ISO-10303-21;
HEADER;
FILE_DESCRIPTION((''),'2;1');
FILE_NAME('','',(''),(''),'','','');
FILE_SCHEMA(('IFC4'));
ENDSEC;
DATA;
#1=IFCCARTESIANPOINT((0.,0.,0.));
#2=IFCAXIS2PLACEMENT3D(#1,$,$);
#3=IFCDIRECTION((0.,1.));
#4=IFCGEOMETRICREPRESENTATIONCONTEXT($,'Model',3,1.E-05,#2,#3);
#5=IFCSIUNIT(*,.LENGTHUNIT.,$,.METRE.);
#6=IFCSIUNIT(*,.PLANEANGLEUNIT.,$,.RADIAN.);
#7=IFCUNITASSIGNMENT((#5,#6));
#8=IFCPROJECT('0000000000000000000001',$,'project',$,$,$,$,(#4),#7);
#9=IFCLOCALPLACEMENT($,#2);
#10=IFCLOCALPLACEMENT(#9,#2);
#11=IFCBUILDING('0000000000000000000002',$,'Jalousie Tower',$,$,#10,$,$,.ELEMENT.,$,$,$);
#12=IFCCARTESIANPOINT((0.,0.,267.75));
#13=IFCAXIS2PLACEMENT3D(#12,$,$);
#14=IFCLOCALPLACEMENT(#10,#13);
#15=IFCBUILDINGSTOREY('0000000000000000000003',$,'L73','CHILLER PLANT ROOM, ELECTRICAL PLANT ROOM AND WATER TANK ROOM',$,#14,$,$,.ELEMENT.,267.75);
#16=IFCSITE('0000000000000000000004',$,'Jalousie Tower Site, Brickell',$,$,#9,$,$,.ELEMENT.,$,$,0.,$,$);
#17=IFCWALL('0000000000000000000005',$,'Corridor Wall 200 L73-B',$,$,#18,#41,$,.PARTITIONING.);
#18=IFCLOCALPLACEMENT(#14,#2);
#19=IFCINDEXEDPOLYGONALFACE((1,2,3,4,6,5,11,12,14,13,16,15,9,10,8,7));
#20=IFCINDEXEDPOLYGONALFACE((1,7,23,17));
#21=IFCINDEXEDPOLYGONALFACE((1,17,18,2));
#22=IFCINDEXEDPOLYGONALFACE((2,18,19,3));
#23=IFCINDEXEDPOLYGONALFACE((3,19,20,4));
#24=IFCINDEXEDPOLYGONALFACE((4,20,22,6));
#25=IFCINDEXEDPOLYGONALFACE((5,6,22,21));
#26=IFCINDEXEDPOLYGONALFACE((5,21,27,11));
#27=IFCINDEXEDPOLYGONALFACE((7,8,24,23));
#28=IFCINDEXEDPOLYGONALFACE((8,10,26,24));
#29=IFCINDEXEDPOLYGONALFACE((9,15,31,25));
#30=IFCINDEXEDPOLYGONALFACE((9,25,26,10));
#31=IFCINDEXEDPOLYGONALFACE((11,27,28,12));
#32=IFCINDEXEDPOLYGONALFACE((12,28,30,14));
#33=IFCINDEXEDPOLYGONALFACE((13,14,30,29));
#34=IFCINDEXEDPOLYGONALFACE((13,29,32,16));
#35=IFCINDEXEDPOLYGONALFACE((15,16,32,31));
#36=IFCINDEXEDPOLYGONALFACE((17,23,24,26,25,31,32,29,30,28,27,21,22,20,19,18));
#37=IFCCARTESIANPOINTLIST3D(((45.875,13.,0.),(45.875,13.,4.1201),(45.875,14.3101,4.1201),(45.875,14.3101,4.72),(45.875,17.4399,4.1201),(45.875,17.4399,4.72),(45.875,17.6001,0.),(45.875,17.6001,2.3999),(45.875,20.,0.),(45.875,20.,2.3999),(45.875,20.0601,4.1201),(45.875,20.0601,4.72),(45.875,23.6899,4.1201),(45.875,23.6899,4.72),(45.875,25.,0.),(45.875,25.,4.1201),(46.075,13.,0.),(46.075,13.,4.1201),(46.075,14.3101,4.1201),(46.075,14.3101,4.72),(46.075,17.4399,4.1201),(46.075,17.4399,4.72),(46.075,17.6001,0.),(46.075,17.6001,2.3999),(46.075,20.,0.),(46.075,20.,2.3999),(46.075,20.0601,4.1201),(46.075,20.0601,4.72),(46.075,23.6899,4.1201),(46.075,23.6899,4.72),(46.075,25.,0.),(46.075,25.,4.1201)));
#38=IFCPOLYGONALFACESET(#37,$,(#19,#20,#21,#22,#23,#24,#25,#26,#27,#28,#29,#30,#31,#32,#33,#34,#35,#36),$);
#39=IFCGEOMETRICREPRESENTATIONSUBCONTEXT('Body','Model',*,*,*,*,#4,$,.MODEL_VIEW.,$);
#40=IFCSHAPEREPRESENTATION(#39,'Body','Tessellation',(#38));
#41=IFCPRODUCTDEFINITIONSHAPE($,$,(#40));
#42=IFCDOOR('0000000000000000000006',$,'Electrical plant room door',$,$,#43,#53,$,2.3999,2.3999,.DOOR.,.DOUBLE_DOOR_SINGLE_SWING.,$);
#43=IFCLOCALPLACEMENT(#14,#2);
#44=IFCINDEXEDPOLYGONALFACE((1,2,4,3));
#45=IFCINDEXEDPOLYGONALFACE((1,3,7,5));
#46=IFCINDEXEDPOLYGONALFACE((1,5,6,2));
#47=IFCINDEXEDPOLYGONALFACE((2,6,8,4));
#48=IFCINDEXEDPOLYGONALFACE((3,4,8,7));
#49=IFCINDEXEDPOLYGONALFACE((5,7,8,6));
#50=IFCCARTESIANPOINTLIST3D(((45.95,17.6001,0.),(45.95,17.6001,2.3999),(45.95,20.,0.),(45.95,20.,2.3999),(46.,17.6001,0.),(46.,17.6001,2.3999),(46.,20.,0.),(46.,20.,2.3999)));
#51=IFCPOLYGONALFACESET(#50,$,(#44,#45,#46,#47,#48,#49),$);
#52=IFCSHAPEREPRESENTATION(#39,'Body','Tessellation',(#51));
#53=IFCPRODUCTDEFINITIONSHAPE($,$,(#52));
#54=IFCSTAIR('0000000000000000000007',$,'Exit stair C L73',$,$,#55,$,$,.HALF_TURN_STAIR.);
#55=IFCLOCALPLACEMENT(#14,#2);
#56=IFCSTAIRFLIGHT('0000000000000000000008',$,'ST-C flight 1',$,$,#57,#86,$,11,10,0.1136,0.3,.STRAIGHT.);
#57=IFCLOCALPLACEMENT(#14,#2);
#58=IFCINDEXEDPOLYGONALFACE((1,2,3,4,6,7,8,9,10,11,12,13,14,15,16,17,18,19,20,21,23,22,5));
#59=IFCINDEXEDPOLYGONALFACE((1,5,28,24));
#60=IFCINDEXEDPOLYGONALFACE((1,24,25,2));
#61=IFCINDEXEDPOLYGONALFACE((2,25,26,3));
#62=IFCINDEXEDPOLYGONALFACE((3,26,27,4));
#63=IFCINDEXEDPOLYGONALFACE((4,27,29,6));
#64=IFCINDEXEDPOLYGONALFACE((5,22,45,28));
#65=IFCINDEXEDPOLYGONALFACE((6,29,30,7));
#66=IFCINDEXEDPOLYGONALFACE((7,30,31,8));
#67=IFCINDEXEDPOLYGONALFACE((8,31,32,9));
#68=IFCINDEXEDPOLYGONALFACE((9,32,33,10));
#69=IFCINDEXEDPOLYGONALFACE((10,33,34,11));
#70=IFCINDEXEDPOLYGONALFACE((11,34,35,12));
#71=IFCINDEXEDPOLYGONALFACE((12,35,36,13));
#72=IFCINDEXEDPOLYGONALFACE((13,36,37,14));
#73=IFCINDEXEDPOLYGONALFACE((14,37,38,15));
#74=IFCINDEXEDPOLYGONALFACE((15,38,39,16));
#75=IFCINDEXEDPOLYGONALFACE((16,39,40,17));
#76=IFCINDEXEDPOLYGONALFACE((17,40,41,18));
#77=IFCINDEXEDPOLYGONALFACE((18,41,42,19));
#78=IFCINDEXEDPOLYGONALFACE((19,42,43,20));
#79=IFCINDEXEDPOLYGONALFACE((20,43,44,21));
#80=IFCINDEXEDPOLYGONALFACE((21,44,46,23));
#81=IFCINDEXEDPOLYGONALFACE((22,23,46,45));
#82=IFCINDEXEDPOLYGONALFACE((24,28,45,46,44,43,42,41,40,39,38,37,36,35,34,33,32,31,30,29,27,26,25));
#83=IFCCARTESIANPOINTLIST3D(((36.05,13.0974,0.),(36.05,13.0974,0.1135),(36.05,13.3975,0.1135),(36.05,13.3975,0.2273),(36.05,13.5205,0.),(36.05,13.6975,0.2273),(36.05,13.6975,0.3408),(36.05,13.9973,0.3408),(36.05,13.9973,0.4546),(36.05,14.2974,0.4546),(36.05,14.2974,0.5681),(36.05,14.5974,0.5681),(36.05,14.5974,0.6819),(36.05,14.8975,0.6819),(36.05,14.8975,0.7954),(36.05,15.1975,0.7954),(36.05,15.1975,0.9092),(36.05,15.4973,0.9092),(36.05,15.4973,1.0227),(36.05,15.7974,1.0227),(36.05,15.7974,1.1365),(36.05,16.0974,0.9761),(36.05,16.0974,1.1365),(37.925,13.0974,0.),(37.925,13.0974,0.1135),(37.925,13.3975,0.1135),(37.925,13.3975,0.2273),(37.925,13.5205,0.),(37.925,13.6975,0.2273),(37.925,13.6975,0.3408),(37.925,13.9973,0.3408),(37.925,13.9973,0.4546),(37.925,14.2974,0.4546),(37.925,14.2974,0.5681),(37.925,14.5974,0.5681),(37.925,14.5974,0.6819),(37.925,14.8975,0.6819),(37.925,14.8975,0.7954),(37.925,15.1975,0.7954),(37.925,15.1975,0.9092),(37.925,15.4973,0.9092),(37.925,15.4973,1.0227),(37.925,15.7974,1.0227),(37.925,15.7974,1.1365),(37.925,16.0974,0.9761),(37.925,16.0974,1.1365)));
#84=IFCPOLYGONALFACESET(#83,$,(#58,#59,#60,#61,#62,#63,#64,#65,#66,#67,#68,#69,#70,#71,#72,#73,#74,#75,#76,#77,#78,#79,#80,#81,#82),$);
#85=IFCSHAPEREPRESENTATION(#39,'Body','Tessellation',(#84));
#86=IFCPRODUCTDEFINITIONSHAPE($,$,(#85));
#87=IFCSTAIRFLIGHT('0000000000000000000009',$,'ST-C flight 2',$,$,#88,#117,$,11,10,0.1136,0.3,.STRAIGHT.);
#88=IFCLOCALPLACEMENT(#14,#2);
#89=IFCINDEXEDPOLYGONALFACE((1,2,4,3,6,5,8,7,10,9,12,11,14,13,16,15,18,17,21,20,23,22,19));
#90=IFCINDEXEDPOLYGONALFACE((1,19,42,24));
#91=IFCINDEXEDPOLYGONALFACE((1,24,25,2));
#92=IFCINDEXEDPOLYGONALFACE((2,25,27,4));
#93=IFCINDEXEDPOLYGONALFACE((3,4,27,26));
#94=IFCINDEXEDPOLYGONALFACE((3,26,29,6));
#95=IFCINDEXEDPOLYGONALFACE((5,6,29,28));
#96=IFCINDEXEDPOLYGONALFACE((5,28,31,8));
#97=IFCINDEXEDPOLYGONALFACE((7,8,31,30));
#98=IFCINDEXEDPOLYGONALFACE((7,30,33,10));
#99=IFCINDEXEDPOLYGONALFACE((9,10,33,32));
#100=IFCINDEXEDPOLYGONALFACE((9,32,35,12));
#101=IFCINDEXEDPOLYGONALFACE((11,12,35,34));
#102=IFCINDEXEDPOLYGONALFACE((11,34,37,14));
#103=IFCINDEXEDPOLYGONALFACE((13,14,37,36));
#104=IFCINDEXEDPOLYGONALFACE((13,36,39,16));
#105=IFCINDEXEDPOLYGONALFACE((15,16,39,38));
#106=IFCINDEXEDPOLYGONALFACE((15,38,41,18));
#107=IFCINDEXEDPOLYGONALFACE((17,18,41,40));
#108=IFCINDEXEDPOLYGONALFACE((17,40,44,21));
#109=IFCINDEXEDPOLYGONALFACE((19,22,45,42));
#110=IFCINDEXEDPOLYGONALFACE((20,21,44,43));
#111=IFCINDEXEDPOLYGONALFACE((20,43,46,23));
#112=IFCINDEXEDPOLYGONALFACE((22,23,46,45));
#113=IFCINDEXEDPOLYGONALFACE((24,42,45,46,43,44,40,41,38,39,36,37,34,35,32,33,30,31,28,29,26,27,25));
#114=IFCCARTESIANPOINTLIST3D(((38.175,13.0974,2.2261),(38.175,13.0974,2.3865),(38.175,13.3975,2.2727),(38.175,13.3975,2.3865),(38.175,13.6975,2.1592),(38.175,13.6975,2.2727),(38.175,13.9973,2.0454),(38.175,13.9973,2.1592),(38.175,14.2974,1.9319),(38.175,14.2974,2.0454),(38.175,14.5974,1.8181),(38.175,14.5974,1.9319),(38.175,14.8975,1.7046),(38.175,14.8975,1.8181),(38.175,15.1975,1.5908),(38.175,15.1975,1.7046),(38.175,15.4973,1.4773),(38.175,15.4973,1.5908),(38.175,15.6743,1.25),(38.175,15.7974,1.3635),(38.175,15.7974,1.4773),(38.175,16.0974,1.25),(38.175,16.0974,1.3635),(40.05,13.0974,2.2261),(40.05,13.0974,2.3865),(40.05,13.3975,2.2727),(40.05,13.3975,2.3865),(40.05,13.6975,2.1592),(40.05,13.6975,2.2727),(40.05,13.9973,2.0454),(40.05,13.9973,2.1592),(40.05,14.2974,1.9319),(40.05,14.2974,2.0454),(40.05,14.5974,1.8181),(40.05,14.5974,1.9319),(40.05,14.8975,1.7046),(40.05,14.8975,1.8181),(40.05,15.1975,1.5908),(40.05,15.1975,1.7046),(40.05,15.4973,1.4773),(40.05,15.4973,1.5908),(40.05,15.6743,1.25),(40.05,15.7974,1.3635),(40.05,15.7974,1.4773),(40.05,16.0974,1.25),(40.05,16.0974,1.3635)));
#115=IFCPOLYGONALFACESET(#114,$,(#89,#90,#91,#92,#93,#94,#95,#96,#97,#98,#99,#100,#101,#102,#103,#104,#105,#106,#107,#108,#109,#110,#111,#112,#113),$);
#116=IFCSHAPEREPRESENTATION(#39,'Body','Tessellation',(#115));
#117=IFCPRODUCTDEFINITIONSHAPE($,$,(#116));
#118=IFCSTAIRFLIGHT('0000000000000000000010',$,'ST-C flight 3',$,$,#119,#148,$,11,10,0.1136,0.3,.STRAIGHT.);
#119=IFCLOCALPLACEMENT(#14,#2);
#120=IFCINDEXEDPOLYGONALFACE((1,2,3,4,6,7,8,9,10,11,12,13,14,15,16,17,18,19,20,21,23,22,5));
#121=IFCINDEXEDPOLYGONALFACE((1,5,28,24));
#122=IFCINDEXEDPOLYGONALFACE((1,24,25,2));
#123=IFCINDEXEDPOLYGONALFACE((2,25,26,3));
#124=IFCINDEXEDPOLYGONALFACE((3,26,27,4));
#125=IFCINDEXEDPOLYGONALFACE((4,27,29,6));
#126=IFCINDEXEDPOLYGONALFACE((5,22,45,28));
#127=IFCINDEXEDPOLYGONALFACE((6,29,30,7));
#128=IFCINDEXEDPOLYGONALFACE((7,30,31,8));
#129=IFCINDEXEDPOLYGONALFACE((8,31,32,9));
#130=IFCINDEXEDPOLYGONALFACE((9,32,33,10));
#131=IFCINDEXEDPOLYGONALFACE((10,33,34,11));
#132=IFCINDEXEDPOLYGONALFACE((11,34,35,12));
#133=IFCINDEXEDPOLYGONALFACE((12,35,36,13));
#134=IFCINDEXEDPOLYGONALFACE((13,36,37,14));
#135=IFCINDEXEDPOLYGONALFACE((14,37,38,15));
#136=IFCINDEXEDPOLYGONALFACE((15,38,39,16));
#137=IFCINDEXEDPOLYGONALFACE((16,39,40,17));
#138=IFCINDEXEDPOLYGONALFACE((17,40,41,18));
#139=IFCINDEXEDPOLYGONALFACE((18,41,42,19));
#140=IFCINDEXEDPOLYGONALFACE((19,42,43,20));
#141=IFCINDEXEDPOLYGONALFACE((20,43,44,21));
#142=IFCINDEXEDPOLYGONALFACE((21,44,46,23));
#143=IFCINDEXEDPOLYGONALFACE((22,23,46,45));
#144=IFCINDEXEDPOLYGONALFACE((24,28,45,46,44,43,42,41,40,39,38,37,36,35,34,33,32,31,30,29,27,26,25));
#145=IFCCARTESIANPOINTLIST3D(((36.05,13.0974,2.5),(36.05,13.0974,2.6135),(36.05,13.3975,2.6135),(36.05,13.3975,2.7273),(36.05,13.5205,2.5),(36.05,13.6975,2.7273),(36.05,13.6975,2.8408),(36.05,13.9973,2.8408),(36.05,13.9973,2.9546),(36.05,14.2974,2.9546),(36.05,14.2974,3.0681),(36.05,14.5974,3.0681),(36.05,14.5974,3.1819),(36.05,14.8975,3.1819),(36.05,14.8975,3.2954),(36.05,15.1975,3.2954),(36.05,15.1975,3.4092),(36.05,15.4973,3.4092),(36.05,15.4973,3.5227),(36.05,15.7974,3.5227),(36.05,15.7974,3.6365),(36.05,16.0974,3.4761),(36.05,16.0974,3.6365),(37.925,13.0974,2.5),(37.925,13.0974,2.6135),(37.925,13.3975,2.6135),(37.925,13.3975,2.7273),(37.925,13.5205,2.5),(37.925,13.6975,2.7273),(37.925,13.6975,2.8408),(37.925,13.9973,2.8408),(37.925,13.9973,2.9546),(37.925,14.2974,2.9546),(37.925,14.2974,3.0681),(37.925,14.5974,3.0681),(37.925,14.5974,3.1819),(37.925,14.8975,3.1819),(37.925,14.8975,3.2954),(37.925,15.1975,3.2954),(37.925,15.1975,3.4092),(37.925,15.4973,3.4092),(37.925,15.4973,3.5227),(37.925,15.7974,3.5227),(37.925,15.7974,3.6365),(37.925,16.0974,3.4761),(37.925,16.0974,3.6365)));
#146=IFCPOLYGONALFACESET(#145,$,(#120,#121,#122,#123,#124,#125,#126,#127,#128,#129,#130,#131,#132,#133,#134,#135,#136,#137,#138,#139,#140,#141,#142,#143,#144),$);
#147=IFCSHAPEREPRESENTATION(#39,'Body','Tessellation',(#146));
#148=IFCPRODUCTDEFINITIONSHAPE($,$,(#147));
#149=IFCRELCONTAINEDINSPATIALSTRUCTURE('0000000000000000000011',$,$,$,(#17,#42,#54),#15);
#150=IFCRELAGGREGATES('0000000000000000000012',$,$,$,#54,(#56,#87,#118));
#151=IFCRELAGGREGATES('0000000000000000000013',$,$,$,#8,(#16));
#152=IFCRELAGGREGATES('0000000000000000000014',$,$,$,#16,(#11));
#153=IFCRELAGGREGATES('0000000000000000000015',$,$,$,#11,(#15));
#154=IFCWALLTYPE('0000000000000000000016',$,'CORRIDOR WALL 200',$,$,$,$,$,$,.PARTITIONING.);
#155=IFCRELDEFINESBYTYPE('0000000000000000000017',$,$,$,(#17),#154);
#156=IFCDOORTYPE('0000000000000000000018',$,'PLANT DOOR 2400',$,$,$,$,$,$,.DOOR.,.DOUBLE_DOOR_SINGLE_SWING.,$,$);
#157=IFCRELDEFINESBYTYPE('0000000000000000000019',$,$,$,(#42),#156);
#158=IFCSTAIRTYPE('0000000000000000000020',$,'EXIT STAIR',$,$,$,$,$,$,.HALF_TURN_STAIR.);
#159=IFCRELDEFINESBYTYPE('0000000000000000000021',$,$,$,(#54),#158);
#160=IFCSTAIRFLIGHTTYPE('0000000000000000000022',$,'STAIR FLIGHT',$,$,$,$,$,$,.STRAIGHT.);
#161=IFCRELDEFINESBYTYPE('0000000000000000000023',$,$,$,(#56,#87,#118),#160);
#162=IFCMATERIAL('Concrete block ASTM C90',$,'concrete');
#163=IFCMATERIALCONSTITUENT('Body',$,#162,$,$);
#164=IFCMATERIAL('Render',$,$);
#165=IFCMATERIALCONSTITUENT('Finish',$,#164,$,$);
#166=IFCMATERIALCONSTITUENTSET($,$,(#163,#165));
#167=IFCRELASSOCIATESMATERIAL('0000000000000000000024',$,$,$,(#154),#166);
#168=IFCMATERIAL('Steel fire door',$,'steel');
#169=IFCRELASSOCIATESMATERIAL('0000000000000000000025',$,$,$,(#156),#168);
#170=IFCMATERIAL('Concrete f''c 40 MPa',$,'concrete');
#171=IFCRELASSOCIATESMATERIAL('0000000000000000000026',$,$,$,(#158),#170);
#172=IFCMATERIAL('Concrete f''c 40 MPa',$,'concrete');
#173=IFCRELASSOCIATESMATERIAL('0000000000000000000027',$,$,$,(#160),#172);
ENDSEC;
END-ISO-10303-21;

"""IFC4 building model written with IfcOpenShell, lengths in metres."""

from ifc_helpers import new_model, si_unit, direction, frame, frame_2d, origin, place, context, subcontext, project, spatial, polyline, rectangle, outline, extrude, material, constituent, constituent_set, type_object, element, fill, aggregate, save


model = new_model("IFC4")

# Units and contexts
model_context = context("Model", 3, precision=1e-05, world=origin(), true_north=direction((0.0, 1.0)))
body_context = subcontext(model_context, "Body", "Model", "MODEL_VIEW")
ifc_project = project(units=[si_unit("LENGTHUNIT", "METRE"), si_unit("PLANEANGLEUNIT", "RADIAN")], contexts=[model_context])

# Site, building, storey
site_placement = place(None, origin())
site = spatial("IfcSite", under=ifc_project, at=site_placement, Name="Jalousie Tower Site, Brickell", CompositionType="ELEMENT", RefElevation=0.0)
building_placement = place(site_placement, origin())
building = spatial("IfcBuilding", under=site, at=building_placement, Name="Jalousie Tower", CompositionType="ELEMENT")
storey_placement = place(building_placement, frame((0.0, 0.0, 267.75)))
storey = spatial("IfcBuildingStorey", under=building, at=storey_placement, Name="L73", Description="CHILLER PLANT ROOM, ELECTRICAL PLANT ROOM AND WATER TANK ROOM", CompositionType="ELEMENT", Elevation=267.75)

# Shared definitions
ifc_material_1 = material(Name="Concrete block ASTM C90", Category="concrete")
ifc_constituent_1 = constituent(ifc_material_1, Name="Body")
ifc_material_2 = material(Name="Render")
ifc_constituent_2 = constituent(ifc_material_2, Name="Finish")
ifc_constituent_set_1 = constituent_set(constituents=[ifc_constituent_1, ifc_constituent_2])
wall_type_1 = type_object("IfcWallType", Name="CORRIDOR WALL 200", PredefinedType="PARTITIONING", material=ifc_constituent_set_1)

# Wall, opening, door
wall_1_placement = place(storey_placement, frame((45.9751, 13.0, 0.0), z_axis=(0.0, 0.0, 1.0), x_axis=(0.0, 1.0, 0.0)))
wall_1 = element("IfcWall", 1, at=wall_1_placement, inside=storey, type_object=wall_type_1, Name="Corridor Wall 200 L73-B", PredefinedType="PARTITIONING", context=body_context, shape_type="SweptSolid", body=[
    extrude(outline(polyline([(0.0, 0.0), (12.0, 0.0), (12.0, 4.1201), (10.6899, 4.1201), (10.6899, 4.72), (7.0601, 4.72), (7.0601, 4.1201), (4.4399, 4.1201), (4.4399, 4.72), (1.3101, 4.72), (1.3101, 4.1201), (0.0, 4.1201), (0.0, 0.0)])), frame((0.0, 0.1001, 0.0), z_axis=(0.0, -1.0, 0.0), x_axis=(1.0, 0.0, 0.0)), (0.0, 0.0, 1.0), 0.2),
])
opening_1_placement = place(wall_1_placement, frame((4.6001, 0.0, 0.0)))
opening_1 = element("IfcOpeningElement", 2, at=opening_1_placement, cuts=wall_1, PredefinedType="OPENING", context=body_context, shape_type="SweptSolid", body=[
    extrude(rectangle(XDim=2.3999, YDim=2.3999, at=frame_2d((1.2, 1.2))), frame((0.0, 0.1099, 0.0), z_axis=(0.0, -1.0, 0.0), x_axis=(1.0, 0.0, 0.0)), (0.0, 0.0, 1.0), 0.22),
])
ifc_material_3 = material(Name="Steel fire door", Category="steel")
door_type_1 = type_object("IfcDoorType", Name="PLANT DOOR 2400", OperationType="DOUBLE_DOOR_SINGLE_SWING", PredefinedType="DOOR", material=ifc_material_3)
door_1_placement = place(opening_1_placement, frame((2.3999, 0.0, 0.0), z_axis=(0.0, 0.0, 1.0), x_axis=(-1.0, 0.0, 0.0)))
door_1 = element("IfcDoor", 3, at=door_1_placement, inside=storey, type_object=door_type_1, Name="Electrical plant room door", OperationType="DOUBLE_DOOR_SINGLE_SWING", OverallHeight=2.3999, OverallWidth=2.3999, PredefinedType="DOOR", context=body_context, shape_type="SweptSolid", body=[
    extrude(rectangle(XDim=2.3999, YDim=2.3999, at=frame_2d((1.2, 1.2))), frame((0.0, 0.0249, 0.0), z_axis=(0.0, -1.0, 0.0), x_axis=(1.0, 0.0, 0.0)), (0.0, 0.0, 1.0), 0.05),
])
fill(opening_1, door_1)

# Stair, stair flights
ifc_material_4 = material(Name="Concrete f'c 40 MPa", Category="concrete")
stair_type = type_object("IfcStairType", Name="EXIT STAIR", PredefinedType="HALF_TURN_STAIR", material=ifc_material_4)
stair_placement = place(storey_placement, origin())
stair = element("IfcStair", 4, at=stair_placement, inside=storey, type_object=stair_type, Name="Exit stair C L73", PredefinedType="HALF_TURN_STAIR")
ifc_material_5 = material(Name="Concrete f'c 40 MPa", Category="concrete")
stair_flight_type = type_object("IfcStairFlightType", Name="STAIR FLIGHT", PredefinedType="STRAIGHT", material=ifc_material_5)
stair_flight_1_placement = place(storey_placement, frame((36.9875, 13.0974, 0.0), z_axis=(0.0, 0.0, 1.0), x_axis=(0.0, 1.0, 0.0)))
stair_flight_1 = element("IfcStairFlight", 5, at=stair_flight_1_placement, type_object=stair_flight_type, Name="ST-C flight 1", NumberOfRisers=11, NumberOfTreads=10, PredefinedType="STRAIGHT", RiserHeight=0.1136, TreadLength=0.3, context=body_context, shape_type="SweptSolid", body=[
    extrude(outline(polyline([(0.0, 0.0), (0.0, 0.1135), (0.3, 0.1135), (0.3, 0.2273), (0.6001, 0.2273), (0.6001, 0.3408), (0.8999, 0.3408), (0.8999, 0.4546), (1.2, 0.4546), (1.2, 0.5681), (1.5, 0.5681), (1.5, 0.6819), (1.8, 0.6819), (1.8, 0.7954), (2.1001, 0.7954), (2.1001, 0.9092), (2.3999, 0.9092), (2.3999, 1.0227), (2.7, 1.0227), (2.7, 1.1365), (3.0, 1.1365), (3.0, 1.25), (3.0, 0.9761), (0.4231, 0.0), (0.0, 0.0)])), frame((0.0, 0.9375, 0.0), z_axis=(0.0, -1.0, 0.0), x_axis=(1.0, 0.0, 0.0)), (0.0, 0.0, 1.0), 1.875),
])
stair_flight_2_placement = place(storey_placement, frame((39.1125, 16.0974, 1.25), z_axis=(0.0, 0.0, 1.0), x_axis=(0.0, -1.0, 0.0)))
stair_flight_2 = element("IfcStairFlight", 6, at=stair_flight_2_placement, type_object=stair_flight_type, Name="ST-C flight 2", NumberOfRisers=11, NumberOfTreads=10, PredefinedType="STRAIGHT", RiserHeight=0.1136, TreadLength=0.3, context=body_context, shape_type="SweptSolid", body=[
    extrude(outline(polyline([(0.0, 0.0), (0.0, 0.1135), (0.3, 0.1135), (0.3, 0.2273), (0.6001, 0.2273), (0.6001, 0.3408), (0.8999, 0.3408), (0.8999, 0.4546), (1.2, 0.4546), (1.2, 0.5681), (1.5, 0.5681), (1.5, 0.6819), (1.8, 0.6819), (1.8, 0.7954), (2.1001, 0.7954), (2.1001, 0.9092), (2.3999, 0.9092), (2.3999, 1.0227), (2.7, 1.0227), (2.7, 1.1365), (3.0, 1.1365), (3.0, 1.25), (3.0, 0.9761), (0.4231, 0.0), (0.0, 0.0)])), frame((0.0, 0.9375, 0.0), z_axis=(0.0, -1.0, 0.0), x_axis=(1.0, 0.0, 0.0)), (0.0, 0.0, 1.0), 1.875),
])
stair_flight_3_placement = place(storey_placement, frame((36.9875, 13.0974, 2.5), z_axis=(0.0, 0.0, 1.0), x_axis=(0.0, 1.0, 0.0)))
stair_flight_3 = element("IfcStairFlight", 7, at=stair_flight_3_placement, type_object=stair_flight_type, Name="ST-C flight 3", NumberOfRisers=11, NumberOfTreads=10, PredefinedType="STRAIGHT", RiserHeight=0.1136, TreadLength=0.3, context=body_context, shape_type="SweptSolid", body=[
    extrude(outline(polyline([(0.0, 0.0), (0.0, 0.1135), (0.3, 0.1135), (0.3, 0.2273), (0.6001, 0.2273), (0.6001, 0.3408), (0.8999, 0.3408), (0.8999, 0.4546), (1.2, 0.4546), (1.2, 0.5681), (1.5, 0.5681), (1.5, 0.6819), (1.8, 0.6819), (1.8, 0.7954), (2.1001, 0.7954), (2.1001, 0.9092), (2.3999, 0.9092), (2.3999, 1.0227), (2.7, 1.0227), (2.7, 1.1365), (3.0, 1.1365), (3.0, 1.25), (3.0, 0.9761), (0.4231, 0.0), (0.0, 0.0)])), frame((0.0, 0.9375, 0.0), z_axis=(0.0, -1.0, 0.0), x_axis=(1.0, 0.0, 0.0)), (0.0, 0.0, 1.0), 1.875),
])
aggregate(stair, [stair_flight_1, stair_flight_2, stair_flight_3])

save(model, "model.ifc")
